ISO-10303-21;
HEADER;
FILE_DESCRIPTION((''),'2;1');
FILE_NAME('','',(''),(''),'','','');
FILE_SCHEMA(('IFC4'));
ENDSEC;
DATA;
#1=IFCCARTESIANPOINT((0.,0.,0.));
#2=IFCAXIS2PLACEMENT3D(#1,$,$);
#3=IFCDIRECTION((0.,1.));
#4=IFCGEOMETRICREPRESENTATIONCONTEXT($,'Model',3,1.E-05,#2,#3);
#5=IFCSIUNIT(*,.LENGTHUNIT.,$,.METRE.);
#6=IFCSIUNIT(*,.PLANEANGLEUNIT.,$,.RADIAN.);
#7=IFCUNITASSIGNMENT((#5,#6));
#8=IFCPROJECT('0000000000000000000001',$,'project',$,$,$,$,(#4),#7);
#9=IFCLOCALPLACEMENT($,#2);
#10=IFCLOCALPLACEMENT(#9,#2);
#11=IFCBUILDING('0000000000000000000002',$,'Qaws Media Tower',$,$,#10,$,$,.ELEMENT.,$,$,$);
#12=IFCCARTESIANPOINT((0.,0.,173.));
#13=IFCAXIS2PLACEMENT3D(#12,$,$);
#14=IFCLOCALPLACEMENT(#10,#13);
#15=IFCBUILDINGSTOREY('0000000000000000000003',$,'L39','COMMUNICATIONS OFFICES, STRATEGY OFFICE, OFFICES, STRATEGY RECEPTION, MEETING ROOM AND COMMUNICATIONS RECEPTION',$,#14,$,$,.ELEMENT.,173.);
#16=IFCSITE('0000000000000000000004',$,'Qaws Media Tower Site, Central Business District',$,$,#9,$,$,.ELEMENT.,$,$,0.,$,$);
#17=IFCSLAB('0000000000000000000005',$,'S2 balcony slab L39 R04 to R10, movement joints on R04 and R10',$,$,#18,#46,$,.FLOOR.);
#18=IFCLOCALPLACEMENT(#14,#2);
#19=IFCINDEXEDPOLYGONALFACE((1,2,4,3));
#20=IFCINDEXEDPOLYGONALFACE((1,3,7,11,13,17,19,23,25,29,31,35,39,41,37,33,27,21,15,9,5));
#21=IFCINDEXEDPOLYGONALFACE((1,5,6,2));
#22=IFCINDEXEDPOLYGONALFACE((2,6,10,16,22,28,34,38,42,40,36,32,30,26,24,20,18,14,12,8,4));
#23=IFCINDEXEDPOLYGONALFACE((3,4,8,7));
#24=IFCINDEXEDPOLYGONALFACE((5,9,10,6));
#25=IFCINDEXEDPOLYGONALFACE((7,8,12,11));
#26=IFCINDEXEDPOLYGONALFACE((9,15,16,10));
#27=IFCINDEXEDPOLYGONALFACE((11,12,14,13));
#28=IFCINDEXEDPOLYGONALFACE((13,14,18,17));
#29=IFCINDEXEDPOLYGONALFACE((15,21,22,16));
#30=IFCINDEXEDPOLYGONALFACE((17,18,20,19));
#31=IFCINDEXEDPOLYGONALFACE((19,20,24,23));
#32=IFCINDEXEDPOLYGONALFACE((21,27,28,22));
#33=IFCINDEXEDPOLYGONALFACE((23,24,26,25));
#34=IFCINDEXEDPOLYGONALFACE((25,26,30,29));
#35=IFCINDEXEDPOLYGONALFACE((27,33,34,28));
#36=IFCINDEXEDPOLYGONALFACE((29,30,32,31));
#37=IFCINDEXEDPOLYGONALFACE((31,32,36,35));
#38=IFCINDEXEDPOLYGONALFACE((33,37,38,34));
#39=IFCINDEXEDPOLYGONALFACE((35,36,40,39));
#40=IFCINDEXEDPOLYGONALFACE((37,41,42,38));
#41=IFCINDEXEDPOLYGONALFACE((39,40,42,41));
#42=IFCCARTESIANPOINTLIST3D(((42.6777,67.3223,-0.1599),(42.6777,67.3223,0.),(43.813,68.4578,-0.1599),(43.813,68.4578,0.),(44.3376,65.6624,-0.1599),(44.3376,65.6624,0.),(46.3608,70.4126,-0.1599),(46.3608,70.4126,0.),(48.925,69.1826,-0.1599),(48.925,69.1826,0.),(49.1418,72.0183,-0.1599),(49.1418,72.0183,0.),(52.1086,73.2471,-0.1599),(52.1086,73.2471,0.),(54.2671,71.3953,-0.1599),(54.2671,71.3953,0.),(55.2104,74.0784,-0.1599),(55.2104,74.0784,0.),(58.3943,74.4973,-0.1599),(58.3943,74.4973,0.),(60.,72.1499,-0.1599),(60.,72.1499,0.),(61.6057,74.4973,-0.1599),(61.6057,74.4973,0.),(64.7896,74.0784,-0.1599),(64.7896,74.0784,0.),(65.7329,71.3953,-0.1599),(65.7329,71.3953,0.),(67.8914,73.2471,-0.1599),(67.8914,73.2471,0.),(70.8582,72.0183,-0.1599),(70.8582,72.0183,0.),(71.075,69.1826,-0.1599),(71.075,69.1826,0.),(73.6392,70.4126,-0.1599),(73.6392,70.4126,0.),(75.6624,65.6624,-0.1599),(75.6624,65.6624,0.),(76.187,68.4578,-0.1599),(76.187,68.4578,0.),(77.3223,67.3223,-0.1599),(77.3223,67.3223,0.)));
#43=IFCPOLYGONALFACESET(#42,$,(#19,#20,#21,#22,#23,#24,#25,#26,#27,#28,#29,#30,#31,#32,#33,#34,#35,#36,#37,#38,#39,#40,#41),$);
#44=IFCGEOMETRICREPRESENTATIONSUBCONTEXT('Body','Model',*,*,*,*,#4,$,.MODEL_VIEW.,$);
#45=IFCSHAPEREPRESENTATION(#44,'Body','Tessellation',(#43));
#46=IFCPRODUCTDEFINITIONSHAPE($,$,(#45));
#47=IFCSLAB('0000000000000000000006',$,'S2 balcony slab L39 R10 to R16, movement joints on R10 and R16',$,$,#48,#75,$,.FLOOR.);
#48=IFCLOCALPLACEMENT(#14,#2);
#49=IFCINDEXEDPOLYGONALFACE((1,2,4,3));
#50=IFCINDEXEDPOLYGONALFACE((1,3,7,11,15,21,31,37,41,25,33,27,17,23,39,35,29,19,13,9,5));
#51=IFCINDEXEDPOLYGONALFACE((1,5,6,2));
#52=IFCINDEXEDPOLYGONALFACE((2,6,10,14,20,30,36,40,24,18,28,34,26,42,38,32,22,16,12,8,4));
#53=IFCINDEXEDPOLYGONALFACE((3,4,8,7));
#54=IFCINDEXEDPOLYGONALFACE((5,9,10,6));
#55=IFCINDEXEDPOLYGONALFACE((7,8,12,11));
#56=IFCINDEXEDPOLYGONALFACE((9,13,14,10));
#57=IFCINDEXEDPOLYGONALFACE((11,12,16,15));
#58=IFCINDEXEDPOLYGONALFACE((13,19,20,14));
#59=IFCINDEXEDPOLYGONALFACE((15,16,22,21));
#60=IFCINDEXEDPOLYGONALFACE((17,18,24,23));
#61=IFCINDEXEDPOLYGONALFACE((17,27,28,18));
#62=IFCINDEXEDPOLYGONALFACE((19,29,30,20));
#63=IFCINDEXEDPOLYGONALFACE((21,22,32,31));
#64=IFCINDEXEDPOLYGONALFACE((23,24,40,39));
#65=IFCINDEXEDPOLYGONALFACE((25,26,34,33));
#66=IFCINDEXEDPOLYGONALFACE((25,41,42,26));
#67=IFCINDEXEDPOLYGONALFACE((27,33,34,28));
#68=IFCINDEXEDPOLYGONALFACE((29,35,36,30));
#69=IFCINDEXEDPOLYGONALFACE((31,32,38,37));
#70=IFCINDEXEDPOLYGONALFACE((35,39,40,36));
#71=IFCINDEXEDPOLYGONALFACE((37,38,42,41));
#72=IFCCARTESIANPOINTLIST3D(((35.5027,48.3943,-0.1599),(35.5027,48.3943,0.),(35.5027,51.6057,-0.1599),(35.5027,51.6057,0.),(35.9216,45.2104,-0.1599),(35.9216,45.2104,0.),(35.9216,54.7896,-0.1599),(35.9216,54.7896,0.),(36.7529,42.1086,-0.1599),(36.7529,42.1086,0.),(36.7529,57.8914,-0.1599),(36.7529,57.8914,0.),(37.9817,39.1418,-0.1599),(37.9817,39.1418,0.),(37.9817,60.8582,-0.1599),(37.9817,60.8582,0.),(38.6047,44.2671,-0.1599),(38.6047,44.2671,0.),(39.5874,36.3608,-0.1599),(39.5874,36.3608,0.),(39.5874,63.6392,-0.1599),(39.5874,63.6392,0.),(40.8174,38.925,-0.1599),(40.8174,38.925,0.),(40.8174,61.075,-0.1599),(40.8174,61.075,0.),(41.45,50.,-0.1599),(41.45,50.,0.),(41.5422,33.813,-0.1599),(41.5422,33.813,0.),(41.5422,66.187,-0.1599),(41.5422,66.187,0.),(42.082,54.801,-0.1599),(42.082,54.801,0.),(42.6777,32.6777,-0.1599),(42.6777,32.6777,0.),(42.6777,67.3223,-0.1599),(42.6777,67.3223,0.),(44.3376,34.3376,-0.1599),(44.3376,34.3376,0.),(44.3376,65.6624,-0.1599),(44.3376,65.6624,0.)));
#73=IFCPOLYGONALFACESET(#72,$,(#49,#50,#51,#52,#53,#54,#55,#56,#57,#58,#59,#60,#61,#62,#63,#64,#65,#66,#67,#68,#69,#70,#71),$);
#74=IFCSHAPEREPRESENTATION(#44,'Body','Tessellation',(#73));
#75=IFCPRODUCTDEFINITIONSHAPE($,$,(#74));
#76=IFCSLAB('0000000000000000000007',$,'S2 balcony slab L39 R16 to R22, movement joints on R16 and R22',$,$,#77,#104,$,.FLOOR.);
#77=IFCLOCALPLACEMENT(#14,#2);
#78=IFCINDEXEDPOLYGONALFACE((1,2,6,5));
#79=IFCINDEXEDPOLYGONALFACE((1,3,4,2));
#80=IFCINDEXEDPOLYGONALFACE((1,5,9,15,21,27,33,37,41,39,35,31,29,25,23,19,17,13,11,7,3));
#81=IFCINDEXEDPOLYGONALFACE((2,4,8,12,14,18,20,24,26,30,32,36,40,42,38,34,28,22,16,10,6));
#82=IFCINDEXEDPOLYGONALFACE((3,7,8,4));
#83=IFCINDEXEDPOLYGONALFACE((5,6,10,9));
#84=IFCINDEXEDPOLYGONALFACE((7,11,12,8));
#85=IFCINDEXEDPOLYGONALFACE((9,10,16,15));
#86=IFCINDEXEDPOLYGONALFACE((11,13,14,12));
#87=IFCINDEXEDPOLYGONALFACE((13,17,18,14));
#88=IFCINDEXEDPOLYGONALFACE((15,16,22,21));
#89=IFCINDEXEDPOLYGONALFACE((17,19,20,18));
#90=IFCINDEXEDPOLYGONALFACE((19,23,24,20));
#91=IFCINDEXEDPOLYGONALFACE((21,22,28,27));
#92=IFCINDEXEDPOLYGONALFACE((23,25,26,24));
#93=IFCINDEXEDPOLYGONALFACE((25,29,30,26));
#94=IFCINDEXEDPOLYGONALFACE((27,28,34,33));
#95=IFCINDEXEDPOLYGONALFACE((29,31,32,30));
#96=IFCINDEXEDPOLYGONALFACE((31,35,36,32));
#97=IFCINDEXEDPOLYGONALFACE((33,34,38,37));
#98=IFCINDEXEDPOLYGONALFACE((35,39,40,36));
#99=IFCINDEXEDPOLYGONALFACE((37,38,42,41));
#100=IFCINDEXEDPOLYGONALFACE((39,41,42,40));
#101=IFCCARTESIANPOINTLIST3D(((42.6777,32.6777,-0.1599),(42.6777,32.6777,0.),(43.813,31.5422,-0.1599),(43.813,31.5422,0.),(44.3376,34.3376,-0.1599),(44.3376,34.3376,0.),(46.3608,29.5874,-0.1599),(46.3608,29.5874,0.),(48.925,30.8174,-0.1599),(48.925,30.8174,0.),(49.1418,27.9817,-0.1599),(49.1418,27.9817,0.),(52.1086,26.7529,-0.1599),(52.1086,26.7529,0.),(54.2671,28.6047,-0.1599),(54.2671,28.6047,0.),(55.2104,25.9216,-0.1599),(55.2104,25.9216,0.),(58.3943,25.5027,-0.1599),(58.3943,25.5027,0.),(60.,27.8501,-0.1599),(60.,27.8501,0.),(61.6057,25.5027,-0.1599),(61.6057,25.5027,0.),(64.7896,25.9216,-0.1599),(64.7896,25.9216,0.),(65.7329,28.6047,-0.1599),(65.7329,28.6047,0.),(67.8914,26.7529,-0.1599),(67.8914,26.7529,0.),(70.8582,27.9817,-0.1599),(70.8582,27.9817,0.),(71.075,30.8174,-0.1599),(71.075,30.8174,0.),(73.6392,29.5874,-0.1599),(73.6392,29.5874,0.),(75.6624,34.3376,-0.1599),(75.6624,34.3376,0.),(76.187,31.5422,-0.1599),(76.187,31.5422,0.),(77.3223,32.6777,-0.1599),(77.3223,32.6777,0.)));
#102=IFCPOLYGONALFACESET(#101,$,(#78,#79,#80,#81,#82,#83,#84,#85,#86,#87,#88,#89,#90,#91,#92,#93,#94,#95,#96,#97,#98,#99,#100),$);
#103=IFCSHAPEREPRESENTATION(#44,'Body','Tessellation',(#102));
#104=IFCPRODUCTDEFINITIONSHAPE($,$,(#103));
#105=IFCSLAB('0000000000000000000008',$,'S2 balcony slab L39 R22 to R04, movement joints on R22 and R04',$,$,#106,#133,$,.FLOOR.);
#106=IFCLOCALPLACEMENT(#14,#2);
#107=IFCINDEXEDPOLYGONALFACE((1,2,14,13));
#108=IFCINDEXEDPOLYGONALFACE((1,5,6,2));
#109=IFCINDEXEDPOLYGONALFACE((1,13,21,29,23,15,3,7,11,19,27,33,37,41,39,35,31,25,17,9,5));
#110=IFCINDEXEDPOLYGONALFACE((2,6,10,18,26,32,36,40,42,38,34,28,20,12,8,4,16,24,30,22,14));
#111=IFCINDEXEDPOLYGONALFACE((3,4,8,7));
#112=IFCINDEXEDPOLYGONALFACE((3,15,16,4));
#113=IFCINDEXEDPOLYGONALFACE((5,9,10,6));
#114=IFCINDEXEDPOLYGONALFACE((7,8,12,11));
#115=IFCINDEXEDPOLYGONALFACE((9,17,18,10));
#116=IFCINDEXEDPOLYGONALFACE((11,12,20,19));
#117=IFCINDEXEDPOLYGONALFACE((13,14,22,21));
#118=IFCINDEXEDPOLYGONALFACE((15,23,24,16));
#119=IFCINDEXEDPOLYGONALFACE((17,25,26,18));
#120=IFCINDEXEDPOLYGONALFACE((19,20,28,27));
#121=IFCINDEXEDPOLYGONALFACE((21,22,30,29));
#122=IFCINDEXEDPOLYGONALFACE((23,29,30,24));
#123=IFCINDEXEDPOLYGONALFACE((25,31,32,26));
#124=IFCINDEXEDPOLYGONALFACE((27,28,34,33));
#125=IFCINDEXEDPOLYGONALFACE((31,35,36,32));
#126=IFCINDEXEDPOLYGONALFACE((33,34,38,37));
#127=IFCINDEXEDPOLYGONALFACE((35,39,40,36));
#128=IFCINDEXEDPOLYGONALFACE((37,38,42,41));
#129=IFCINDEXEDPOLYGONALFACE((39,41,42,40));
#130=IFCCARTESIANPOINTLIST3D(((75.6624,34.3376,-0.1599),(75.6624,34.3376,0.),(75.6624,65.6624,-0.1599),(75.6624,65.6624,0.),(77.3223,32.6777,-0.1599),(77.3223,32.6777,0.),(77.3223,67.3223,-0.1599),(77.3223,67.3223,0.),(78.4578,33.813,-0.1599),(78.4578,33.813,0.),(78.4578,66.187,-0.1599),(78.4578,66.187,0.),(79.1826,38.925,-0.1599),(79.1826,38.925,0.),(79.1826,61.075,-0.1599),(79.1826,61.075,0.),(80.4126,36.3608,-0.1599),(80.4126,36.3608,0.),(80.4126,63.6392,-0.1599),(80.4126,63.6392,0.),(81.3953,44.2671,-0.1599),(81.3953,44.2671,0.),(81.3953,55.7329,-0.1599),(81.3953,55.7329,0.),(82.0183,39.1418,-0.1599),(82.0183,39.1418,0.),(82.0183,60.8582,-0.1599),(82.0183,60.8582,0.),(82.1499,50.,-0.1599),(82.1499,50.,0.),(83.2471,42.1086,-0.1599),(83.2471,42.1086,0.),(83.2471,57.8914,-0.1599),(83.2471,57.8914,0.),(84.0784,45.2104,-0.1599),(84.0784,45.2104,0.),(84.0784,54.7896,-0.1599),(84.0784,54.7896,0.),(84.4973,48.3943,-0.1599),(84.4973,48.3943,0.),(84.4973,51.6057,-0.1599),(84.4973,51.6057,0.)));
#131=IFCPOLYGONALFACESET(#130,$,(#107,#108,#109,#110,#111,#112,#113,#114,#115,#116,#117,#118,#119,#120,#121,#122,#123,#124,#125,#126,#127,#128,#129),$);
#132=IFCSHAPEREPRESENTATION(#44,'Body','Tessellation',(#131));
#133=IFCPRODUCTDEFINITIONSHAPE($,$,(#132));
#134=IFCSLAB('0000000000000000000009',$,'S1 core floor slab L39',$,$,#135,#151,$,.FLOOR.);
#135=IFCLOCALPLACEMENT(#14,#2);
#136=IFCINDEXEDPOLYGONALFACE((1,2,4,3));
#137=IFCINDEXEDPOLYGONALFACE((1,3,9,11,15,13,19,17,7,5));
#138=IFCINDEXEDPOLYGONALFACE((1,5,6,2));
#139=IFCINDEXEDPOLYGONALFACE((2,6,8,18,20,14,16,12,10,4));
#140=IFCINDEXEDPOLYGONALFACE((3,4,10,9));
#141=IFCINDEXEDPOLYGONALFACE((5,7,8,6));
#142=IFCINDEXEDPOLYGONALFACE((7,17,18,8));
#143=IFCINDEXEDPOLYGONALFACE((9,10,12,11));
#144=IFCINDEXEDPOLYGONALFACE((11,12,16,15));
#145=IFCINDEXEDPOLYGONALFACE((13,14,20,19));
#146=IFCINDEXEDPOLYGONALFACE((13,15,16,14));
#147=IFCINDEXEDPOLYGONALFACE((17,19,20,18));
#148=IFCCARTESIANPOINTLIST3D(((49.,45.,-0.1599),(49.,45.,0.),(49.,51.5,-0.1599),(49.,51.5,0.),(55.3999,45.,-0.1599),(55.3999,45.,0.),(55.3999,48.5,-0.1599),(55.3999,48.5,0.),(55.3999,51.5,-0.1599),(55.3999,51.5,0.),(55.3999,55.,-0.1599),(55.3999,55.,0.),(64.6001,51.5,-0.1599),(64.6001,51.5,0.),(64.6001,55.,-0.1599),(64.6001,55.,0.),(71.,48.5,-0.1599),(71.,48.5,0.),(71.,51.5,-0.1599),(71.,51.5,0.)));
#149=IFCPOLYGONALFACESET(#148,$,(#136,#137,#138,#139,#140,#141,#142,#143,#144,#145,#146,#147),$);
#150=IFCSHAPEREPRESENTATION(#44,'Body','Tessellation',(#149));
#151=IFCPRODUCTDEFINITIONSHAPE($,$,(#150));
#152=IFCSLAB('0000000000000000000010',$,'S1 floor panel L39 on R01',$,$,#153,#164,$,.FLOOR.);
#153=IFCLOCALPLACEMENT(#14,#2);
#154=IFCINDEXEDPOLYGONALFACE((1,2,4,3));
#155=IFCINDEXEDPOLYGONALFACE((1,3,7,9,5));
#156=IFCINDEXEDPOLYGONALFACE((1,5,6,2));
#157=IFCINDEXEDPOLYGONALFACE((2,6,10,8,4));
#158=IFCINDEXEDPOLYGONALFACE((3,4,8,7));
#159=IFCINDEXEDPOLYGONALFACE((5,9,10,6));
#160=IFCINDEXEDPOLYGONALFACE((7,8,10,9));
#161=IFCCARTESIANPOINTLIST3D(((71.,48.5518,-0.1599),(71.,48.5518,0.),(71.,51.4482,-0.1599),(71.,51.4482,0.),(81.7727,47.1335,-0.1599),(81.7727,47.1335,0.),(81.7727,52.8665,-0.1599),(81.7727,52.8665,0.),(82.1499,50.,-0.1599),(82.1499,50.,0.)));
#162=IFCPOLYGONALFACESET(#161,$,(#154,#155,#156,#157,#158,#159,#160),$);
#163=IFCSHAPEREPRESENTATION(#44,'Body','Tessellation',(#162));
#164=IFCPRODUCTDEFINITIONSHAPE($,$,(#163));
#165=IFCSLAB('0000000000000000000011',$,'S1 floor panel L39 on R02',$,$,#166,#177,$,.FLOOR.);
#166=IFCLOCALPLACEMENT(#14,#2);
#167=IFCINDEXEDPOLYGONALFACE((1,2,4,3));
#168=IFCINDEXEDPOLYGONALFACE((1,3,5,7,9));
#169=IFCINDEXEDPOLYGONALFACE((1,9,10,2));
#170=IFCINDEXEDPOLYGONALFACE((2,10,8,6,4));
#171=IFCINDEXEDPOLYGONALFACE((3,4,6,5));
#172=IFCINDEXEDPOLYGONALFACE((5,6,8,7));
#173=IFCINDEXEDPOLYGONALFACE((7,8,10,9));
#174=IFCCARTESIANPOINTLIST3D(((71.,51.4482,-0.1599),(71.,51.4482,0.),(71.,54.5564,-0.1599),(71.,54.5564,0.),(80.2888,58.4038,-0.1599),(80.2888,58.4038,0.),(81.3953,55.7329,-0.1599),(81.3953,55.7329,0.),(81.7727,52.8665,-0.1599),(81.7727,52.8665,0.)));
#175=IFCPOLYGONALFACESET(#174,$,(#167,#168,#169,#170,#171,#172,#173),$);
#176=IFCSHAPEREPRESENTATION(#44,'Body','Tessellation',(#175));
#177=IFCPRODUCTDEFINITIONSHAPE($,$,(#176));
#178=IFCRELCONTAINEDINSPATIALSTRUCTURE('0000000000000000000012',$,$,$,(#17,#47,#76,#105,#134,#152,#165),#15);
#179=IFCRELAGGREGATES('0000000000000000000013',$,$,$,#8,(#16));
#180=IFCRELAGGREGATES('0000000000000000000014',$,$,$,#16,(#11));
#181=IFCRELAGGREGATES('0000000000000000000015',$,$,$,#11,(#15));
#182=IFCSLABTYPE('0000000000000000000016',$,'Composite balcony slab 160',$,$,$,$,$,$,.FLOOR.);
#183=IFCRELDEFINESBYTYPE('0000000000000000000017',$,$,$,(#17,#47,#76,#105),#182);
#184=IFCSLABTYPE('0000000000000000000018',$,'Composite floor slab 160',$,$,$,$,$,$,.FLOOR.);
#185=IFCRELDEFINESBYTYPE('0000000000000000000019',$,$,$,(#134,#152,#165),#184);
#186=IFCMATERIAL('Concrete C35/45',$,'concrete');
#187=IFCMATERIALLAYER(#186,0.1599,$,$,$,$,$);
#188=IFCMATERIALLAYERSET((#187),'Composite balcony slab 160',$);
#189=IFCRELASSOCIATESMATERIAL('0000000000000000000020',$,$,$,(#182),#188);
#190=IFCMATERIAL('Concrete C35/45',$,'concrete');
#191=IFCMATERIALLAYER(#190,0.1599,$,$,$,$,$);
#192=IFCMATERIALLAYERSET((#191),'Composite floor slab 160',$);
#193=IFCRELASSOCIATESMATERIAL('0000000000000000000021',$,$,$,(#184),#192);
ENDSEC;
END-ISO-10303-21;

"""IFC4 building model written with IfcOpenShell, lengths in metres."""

from ifc_helpers import new_model, si_unit, direction, frame, origin, place, context, subcontext, project, spatial, polyline, outline, extrude, material, layer, layer_set, type_object, element, save


model = new_model("IFC4")

# Units and contexts
model_context = context("Model", 3, precision=1e-05, world=origin(), true_north=direction((0.0, 1.0)))
body_context = subcontext(model_context, "Body", "Model", "MODEL_VIEW")
ifc_project = project(units=[si_unit("LENGTHUNIT", "METRE"), si_unit("PLANEANGLEUNIT", "RADIAN")], contexts=[model_context])

# Site, building, storey
site_placement = place(None, origin())
site = spatial("IfcSite", under=ifc_project, at=site_placement, Name="Qaws Media Tower Site, Central Business District", CompositionType="ELEMENT", RefElevation=0.0)
building_placement = place(site_placement, origin())
building = spatial("IfcBuilding", under=site, at=building_placement, Name="Qaws Media Tower", CompositionType="ELEMENT")
storey_placement = place(building_placement, frame((0.0, 0.0, 173.0)))
storey = spatial("IfcBuildingStorey", under=building, at=storey_placement, Name="L39", Description="COMMUNICATIONS OFFICES, STRATEGY OFFICE, OFFICES, STRATEGY RECEPTION, MEETING ROOM AND COMMUNICATIONS RECEPTION", CompositionType="ELEMENT", Elevation=173.0)

# Slabs
ifc_material_1 = material(Name="Concrete C35/45", Category="concrete")
ifc_layer_1 = layer(ifc_material_1, 0.1599)
ifc_layer_set_1 = layer_set([ifc_layer_1], Name="Composite balcony slab 160")
slab_type_1 = type_object("IfcSlabType", Name="Composite balcony slab 160", PredefinedType="FLOOR", material=ifc_layer_set_1)
slab_1_placement = place(storey_placement, frame((0.0, 0.0, -0.1599)))
element("IfcSlab", 1, at=slab_1_placement, inside=storey, type_object=slab_type_1, Name="S2 balcony slab L39 R04 to R10, movement joints on R04 and R10", PredefinedType="FLOOR", context=body_context, shape_type="SweptSolid", body=[
    extrude(outline(polyline([(43.813, 68.4578), (46.3608, 70.4126), (49.1418, 72.0183), (52.1086, 73.2471), (55.2104, 74.0784), (58.3943, 74.4973), (61.6057, 74.4973), (64.7896, 74.0784), (67.8914, 73.2471), (70.8582, 72.0183), (73.6392, 70.4126), (76.187, 68.4578), (77.3223, 67.3223), (75.6624, 65.6624), (71.075, 69.1826), (65.7329, 71.3953), (60.0, 72.1499), (54.2671, 71.3953), (48.925, 69.1826), (44.3376, 65.6624), (42.6777, 67.3223), (43.813, 68.4578)])), origin(), (0.0, 0.0, 1.0), 0.1599),
])
slab_2_placement = place(storey_placement, frame((0.0, 0.0, -0.1599)))
element("IfcSlab", 2, at=slab_2_placement, inside=storey, type_object=slab_type_1, Name="S2 balcony slab L39 R10 to R16, movement joints on R10 and R16", PredefinedType="FLOOR", context=body_context, shape_type="SweptSolid", body=[
    extrude(outline(polyline([(41.5422, 33.813), (39.5874, 36.3608), (37.9817, 39.1418), (36.7529, 42.1086), (35.9216, 45.2104), (35.5027, 48.3943), (35.5027, 51.6057), (35.9216, 54.7896), (36.7529, 57.8914), (37.9817, 60.8582), (39.5874, 63.6392), (41.5422, 66.187), (42.6777, 67.3223), (44.3376, 65.6624), (40.8174, 61.075), (42.082, 54.801), (41.45, 50.0), (38.6047, 44.2671), (40.8174, 38.925), (44.3376, 34.3376), (42.6777, 32.6777), (41.5422, 33.813)])), origin(), (0.0, 0.0, 1.0), 0.1599),
])
slab_3_placement = place(storey_placement, frame((0.0, 0.0, -0.1599)))
element("IfcSlab", 3, at=slab_3_placement, inside=storey, type_object=slab_type_1, Name="S2 balcony slab L39 R16 to R22, movement joints on R16 and R22", PredefinedType="FLOOR", context=body_context, shape_type="SweptSolid", body=[
    extrude(outline(polyline([(76.187, 31.5422), (73.6392, 29.5874), (70.8582, 27.9817), (67.8914, 26.7529), (64.7896, 25.9216), (61.6057, 25.5027), (58.3943, 25.5027), (55.2104, 25.9216), (52.1086, 26.7529), (49.1418, 27.9817), (46.3608, 29.5874), (43.813, 31.5422), (42.6777, 32.6777), (44.3376, 34.3376), (48.925, 30.8174), (54.2671, 28.6047), (60.0, 27.8501), (65.7329, 28.6047), (71.075, 30.8174), (75.6624, 34.3376), (77.3223, 32.6777), (76.187, 31.5422)])), origin(), (0.0, 0.0, 1.0), 0.1599),
])
slab_4_placement = place(storey_placement, frame((0.0, 0.0, -0.1599)))
element("IfcSlab", 4, at=slab_4_placement, inside=storey, type_object=slab_type_1, Name="S2 balcony slab L39 R22 to R04, movement joints on R22 and R04", PredefinedType="FLOOR", context=body_context, shape_type="SweptSolid", body=[
    extrude(outline(polyline([(84.0784, 45.2104), (83.2471, 42.1086), (82.0183, 39.1418), (80.4126, 36.3608), (78.4578, 33.813), (77.3223, 32.6777), (75.6624, 34.3376), (79.1826, 38.925), (81.3953, 44.2671), (82.1499, 50.0), (81.3953, 55.7329), (79.1826, 61.075), (75.6624, 65.6624), (77.3223, 67.3223), (78.4578, 66.187), (80.4126, 63.6392), (82.0183, 60.8582), (83.2471, 57.8914), (84.0784, 54.7896), (84.4973, 51.6057), (84.4973, 48.3943), (84.0784, 45.2104)])), origin(), (0.0, 0.0, 1.0), 0.1599),
])
ifc_material_2 = material(Name="Concrete C35/45", Category="concrete")
ifc_layer_2 = layer(ifc_material_2, 0.1599)
ifc_layer_set_2 = layer_set([ifc_layer_2], Name="Composite floor slab 160")
slab_type_2 = type_object("IfcSlabType", Name="Composite floor slab 160", PredefinedType="FLOOR", material=ifc_layer_set_2)
slab_5_placement = place(storey_placement, frame((0.0, 0.0, -0.1599)))
element("IfcSlab", 5, at=slab_5_placement, inside=storey, type_object=slab_type_2, Name="S1 core floor slab L39", PredefinedType="FLOOR", context=body_context, shape_type="SweptSolid", body=[
    extrude(outline(polyline([(71.0, 51.5), (71.0, 48.5), (55.3999, 48.5), (55.3999, 45.0), (49.0, 45.0), (49.0, 51.5), (55.3999, 51.5), (55.3999, 55.0), (64.6001, 55.0), (64.6001, 51.5), (71.0, 51.5)])), origin(), (0.0, 0.0, 1.0), 0.1599),
])
slab_6_placement = place(storey_placement, frame((0.0, 0.0, -0.1599)))
element("IfcSlab", 6, at=slab_6_placement, inside=storey, type_object=slab_type_2, Name="S1 floor panel L39 on R01", PredefinedType="FLOOR", context=body_context, shape_type="SweptSolid", body=[
    extrude(outline(polyline([(82.1499, 50.0), (81.7727, 47.1335), (71.0, 48.5518), (71.0, 51.4482), (81.7727, 52.8665), (82.1499, 50.0)])), origin(), (0.0, 0.0, 1.0), 0.1599),
])
slab_7_placement = place(storey_placement, frame((0.0, 0.0, -0.1599)))
element("IfcSlab", 7, at=slab_7_placement, inside=storey, type_object=slab_type_2, Name="S1 floor panel L39 on R02", PredefinedType="FLOOR", context=body_context, shape_type="SweptSolid", body=[
    extrude(outline(polyline([(81.3953, 55.7329), (81.7727, 52.8665), (71.0, 51.4482), (71.0, 54.5564), (80.2888, 58.4038), (81.3953, 55.7329)])), origin(), (0.0, 0.0, 1.0), 0.1599),
])

save(model, "model.ifc")
